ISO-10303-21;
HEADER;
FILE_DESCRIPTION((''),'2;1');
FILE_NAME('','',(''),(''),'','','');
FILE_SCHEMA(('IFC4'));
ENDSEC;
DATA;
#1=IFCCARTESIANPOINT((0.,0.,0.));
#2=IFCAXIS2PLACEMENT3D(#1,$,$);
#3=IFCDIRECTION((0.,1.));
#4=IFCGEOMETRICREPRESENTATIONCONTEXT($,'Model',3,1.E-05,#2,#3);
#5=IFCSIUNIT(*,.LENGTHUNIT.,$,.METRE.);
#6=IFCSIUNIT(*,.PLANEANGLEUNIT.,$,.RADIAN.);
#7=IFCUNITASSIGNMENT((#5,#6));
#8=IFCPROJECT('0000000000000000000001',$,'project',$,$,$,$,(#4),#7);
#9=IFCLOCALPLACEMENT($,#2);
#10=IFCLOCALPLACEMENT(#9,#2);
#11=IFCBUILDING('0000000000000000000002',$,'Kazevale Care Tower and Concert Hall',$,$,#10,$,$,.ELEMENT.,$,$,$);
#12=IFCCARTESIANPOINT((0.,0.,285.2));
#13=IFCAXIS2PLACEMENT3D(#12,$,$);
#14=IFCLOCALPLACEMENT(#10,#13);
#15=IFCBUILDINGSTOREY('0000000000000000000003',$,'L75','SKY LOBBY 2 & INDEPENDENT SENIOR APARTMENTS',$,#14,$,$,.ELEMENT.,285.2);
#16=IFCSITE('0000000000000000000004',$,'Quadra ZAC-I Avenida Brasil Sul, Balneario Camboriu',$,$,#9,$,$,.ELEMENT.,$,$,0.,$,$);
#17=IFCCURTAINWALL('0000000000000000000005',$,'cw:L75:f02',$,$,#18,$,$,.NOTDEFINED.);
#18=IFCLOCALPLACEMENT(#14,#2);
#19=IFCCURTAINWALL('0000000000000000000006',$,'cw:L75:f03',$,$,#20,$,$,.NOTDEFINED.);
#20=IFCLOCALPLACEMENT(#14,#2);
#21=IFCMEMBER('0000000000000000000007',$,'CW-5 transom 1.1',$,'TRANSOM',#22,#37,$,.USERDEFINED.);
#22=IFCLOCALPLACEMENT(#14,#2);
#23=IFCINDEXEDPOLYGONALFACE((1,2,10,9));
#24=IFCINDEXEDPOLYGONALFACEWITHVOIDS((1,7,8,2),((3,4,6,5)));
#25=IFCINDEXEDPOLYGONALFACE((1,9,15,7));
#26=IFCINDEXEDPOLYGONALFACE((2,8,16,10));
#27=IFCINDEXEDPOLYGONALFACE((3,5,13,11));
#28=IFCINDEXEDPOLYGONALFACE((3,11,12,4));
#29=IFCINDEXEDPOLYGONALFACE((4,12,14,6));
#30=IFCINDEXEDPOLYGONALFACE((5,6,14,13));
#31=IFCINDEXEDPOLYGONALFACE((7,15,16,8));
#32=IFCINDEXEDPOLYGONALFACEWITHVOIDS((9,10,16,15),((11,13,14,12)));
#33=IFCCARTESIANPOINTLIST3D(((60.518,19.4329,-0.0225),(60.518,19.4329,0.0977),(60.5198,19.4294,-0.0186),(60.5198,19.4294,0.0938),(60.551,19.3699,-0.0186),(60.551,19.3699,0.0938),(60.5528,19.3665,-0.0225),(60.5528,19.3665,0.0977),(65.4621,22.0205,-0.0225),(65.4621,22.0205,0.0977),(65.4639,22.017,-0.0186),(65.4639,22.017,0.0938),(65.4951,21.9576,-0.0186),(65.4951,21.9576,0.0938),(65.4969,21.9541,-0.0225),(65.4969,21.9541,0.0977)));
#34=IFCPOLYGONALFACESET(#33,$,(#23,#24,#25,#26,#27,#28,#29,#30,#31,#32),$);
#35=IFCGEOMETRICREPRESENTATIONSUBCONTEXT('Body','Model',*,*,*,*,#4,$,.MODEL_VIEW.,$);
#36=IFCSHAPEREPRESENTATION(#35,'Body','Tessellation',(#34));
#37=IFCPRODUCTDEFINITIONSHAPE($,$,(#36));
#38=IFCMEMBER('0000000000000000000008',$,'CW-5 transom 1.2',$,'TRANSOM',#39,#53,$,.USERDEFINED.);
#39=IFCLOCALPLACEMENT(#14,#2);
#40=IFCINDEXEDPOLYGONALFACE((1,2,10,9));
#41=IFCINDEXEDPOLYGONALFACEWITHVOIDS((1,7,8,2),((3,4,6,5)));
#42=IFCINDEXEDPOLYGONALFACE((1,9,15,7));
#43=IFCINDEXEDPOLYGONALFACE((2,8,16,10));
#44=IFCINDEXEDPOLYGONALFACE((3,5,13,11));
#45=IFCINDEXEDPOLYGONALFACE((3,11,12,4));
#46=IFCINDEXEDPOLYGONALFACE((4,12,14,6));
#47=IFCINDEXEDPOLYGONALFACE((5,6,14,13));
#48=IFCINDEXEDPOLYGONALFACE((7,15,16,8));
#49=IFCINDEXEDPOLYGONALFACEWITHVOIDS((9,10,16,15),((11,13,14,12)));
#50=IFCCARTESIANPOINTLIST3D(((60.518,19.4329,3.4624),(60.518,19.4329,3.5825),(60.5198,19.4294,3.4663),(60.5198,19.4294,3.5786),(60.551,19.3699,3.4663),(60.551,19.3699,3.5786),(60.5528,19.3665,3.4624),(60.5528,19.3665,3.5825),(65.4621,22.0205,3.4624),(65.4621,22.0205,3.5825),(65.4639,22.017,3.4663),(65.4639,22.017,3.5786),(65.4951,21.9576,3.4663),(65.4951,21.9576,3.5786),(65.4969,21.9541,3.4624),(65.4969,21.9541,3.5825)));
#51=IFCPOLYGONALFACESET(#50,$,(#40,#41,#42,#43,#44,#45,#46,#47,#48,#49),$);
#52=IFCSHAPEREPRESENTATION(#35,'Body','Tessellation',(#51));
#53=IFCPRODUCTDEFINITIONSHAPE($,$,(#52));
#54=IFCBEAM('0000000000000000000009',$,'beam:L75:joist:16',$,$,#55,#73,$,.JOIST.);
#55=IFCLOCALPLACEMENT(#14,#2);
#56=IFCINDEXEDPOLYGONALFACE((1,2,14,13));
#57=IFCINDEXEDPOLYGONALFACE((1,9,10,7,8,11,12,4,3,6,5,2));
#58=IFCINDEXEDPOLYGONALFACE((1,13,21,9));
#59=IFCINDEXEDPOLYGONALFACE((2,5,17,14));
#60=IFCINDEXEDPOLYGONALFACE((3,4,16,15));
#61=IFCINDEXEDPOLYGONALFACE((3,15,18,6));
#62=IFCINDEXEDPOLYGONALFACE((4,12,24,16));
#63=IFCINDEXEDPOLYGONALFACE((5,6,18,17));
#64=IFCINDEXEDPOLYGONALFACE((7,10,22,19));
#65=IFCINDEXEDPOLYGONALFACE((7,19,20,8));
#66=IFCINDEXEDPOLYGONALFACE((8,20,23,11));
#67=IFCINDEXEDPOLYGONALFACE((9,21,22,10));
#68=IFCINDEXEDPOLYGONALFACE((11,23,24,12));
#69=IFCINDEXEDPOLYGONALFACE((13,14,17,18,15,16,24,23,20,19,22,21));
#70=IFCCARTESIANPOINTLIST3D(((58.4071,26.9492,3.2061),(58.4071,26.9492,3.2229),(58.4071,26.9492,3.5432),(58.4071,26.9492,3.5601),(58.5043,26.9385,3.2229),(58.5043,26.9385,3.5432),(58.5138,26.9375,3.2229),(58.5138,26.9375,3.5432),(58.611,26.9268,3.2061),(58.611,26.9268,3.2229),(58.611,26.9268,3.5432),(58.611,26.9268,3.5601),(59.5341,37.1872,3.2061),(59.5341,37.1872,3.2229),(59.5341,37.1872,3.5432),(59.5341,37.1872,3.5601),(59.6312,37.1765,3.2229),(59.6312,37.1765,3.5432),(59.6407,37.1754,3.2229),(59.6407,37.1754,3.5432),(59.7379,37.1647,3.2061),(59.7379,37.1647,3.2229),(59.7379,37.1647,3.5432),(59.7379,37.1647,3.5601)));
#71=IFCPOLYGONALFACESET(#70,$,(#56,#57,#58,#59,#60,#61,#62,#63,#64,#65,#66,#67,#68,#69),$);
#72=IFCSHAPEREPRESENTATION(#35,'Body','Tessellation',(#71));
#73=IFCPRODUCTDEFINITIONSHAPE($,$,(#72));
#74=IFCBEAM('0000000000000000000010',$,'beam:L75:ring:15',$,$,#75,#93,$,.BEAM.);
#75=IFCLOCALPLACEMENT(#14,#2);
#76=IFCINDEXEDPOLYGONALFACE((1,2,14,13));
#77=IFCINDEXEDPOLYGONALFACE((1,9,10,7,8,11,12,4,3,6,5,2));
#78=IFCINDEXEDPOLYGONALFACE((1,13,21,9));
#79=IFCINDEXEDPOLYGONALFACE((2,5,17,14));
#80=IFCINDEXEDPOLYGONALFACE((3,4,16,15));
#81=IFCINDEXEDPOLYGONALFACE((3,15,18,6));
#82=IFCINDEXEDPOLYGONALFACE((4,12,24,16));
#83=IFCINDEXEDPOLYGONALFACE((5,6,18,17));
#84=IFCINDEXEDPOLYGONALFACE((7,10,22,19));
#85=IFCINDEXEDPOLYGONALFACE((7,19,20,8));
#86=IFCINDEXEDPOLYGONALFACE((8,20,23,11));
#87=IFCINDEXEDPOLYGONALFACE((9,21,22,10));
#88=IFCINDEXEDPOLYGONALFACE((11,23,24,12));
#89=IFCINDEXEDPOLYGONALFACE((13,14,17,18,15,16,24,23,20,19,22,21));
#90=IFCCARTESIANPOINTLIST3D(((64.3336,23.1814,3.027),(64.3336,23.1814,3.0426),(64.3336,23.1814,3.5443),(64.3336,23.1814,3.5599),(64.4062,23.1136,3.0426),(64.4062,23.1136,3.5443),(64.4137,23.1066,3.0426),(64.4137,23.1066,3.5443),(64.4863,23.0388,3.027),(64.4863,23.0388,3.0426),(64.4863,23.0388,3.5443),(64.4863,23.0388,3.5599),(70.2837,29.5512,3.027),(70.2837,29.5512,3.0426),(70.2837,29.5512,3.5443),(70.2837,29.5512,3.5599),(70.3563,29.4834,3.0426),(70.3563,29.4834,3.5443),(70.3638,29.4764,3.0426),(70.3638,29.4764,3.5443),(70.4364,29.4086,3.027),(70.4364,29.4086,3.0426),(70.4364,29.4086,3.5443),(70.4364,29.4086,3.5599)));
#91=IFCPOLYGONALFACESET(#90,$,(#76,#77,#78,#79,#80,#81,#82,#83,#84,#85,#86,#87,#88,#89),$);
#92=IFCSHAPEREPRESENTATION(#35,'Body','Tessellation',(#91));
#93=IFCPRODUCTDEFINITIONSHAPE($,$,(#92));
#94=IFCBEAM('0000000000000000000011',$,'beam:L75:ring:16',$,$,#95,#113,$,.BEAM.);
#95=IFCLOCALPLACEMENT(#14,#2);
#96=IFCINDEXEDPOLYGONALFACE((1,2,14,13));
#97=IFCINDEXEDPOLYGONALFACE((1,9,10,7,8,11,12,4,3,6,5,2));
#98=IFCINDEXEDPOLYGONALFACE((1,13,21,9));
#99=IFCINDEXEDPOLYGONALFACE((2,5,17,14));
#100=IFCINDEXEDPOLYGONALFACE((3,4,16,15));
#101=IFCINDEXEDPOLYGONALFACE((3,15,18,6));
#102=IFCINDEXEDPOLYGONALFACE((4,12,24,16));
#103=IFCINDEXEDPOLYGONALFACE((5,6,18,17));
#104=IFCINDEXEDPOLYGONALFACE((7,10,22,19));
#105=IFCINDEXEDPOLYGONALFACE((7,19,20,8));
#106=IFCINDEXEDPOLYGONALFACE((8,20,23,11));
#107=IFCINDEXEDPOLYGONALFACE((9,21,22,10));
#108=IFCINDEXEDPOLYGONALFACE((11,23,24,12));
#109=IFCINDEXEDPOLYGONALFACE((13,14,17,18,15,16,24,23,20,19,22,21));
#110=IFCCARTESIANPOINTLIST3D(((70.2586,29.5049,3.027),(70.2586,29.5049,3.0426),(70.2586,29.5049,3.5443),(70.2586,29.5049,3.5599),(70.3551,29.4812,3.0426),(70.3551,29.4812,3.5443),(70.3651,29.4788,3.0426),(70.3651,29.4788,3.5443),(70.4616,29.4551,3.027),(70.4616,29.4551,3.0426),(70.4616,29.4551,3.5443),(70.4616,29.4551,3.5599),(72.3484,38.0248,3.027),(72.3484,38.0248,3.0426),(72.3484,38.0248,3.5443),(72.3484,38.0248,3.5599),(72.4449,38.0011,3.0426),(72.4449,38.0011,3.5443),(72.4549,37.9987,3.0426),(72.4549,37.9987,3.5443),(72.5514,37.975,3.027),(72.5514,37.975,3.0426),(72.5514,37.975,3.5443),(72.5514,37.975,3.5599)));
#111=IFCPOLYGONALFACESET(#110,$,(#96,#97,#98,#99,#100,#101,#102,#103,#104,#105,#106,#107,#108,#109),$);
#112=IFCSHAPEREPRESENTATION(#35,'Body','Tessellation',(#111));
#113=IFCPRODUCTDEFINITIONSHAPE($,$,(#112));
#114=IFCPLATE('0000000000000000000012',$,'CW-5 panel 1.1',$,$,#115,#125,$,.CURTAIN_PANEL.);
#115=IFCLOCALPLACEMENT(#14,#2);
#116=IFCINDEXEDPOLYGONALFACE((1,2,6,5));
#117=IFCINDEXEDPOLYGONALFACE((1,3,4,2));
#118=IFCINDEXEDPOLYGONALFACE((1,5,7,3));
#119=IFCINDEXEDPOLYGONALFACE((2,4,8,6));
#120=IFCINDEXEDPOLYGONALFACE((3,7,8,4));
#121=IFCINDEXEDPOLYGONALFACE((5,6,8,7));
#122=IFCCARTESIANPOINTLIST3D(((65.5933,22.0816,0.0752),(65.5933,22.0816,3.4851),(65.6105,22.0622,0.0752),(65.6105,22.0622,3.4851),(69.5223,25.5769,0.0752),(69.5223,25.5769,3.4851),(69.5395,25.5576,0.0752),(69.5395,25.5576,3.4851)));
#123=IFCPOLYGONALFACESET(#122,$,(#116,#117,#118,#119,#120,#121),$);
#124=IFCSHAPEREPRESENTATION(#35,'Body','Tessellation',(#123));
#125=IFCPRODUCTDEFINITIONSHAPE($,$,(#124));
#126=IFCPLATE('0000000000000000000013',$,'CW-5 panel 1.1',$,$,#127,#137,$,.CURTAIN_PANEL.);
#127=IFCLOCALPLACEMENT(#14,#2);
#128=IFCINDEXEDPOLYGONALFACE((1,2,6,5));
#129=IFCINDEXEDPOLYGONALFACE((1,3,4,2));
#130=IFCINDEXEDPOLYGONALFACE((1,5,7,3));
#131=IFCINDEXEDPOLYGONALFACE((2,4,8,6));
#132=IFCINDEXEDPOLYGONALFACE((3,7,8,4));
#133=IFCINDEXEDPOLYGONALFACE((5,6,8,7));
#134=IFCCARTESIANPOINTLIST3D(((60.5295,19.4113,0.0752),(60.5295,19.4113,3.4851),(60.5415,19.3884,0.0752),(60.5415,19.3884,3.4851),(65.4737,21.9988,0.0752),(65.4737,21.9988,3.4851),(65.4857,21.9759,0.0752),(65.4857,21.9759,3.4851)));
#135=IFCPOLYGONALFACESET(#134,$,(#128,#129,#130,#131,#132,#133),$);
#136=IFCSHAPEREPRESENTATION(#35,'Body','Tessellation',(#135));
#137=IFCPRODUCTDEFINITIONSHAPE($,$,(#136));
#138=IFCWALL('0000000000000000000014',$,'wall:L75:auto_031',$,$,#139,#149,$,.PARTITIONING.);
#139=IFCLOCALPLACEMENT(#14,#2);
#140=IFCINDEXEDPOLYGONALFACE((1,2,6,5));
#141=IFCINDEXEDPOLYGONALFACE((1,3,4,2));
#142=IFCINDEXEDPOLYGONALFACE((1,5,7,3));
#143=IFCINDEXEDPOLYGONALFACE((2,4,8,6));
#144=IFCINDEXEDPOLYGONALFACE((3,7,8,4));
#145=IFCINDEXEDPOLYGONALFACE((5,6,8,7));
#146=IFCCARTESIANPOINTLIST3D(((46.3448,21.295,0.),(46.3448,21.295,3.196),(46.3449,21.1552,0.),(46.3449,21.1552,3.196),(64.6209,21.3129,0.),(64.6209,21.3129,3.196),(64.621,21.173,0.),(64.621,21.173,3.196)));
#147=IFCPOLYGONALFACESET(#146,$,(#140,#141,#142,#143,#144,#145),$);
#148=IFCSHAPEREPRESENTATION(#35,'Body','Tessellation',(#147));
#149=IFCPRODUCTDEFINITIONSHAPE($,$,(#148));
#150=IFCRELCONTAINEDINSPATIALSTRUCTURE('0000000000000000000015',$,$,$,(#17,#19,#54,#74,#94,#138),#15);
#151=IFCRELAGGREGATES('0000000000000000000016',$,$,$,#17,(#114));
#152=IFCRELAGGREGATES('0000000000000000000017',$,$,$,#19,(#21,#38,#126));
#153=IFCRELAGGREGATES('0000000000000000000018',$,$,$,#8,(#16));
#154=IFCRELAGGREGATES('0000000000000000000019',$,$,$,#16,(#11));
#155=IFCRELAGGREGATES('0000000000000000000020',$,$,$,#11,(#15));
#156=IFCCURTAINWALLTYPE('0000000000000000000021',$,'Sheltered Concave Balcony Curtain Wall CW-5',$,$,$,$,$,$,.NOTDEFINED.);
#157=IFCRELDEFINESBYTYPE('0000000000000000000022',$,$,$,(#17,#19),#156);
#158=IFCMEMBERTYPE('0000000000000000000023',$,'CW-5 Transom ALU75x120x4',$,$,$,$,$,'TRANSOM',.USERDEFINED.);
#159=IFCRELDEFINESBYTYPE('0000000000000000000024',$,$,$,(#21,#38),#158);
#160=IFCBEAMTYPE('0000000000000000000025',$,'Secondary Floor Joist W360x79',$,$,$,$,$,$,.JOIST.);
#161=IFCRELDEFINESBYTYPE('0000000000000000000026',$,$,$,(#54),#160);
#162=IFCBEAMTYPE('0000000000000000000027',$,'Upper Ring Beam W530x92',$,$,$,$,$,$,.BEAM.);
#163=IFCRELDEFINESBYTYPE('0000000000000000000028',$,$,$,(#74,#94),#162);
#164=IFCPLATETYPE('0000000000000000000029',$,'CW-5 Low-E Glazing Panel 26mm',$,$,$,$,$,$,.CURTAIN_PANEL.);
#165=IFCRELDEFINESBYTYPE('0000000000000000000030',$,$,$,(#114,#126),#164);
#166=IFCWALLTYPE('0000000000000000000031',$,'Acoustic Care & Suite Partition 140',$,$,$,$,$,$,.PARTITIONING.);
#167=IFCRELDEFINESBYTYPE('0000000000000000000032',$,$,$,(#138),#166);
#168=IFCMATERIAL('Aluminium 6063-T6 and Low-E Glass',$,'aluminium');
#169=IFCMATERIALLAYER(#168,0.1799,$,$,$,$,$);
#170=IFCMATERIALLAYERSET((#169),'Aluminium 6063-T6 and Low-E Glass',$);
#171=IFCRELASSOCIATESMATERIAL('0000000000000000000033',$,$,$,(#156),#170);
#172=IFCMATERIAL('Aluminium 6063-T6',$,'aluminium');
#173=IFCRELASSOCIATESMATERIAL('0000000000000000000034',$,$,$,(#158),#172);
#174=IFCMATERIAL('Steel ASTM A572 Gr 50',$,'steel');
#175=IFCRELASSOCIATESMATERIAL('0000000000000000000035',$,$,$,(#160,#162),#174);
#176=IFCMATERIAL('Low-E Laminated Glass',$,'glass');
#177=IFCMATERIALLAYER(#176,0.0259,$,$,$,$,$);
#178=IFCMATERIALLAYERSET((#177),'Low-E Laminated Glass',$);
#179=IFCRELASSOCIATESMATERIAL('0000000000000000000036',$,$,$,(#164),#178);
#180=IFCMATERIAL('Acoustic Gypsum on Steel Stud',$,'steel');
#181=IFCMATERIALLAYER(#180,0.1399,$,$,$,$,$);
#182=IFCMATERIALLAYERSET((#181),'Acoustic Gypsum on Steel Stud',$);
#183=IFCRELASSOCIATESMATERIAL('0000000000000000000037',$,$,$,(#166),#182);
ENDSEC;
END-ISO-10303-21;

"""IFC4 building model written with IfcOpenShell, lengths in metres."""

from ifc_helpers import new_model, si_unit, direction, frame, frame_2d, origin, origin_2d, place, context, subcontext, project, spatial, rectangle, hollow_rectangle, i_section, extrude, material, layer, layer_set, material_profile, profile_set, type_object, element, aggregate, save


model = new_model("IFC4")

# Units and contexts
model_context = context("Model", 3, precision=1e-05, world=origin(), true_north=direction((0.0, 1.0)))
body_context = subcontext(model_context, "Body", "Model", "MODEL_VIEW")
ifc_project = project(units=[si_unit("LENGTHUNIT", "METRE"), si_unit("PLANEANGLEUNIT", "RADIAN")], contexts=[model_context])

# Site, building, storey
site_placement = place(None, origin())
site = spatial("IfcSite", under=ifc_project, at=site_placement, Name="Quadra ZAC-I Avenida Brasil Sul, Balneario Camboriu", CompositionType="ELEMENT", RefElevation=0.0)
building_placement = place(site_placement, origin())
building = spatial("IfcBuilding", under=site, at=building_placement, Name="Kazevale Care Tower and Concert Hall", CompositionType="ELEMENT")
storey_placement = place(building_placement, frame((0.0, 0.0, 285.2)))
storey = spatial("IfcBuildingStorey", under=building, at=storey_placement, Name="L75", Description="SKY LOBBY 2 & INDEPENDENT SENIOR APARTMENTS", CompositionType="ELEMENT", Elevation=285.2)

# Curtain walls
ifc_material_1 = material(Name="Aluminium 6063-T6 and Low-E Glass", Category="aluminium")
ifc_layer_1 = layer(ifc_material_1, 0.1799)
ifc_layer_set_1 = layer_set([ifc_layer_1], Name="Aluminium 6063-T6 and Low-E Glass")
curtain_wall_type = type_object("IfcCurtainWallType", Name="Sheltered Concave Balcony Curtain Wall CW-5", PredefinedType="NOTDEFINED", material=ifc_layer_set_1)
curtain_wall_1_placement = place(storey_placement, origin())
curtain_wall_1 = element("IfcCurtainWall", 1, at=curtain_wall_1_placement, inside=storey, type_object=curtain_wall_type, Name="cw:L75:f02", PredefinedType="NOTDEFINED")
ifc_material_2 = material(Name="Aluminium 6063-T6", Category="aluminium")
curtain_wall_2_placement = place(storey_placement, origin())
curtain_wall_2 = element("IfcCurtainWall", 2, at=curtain_wall_2_placement, inside=storey, type_object=curtain_wall_type, Name="cw:L75:f03", PredefinedType="NOTDEFINED")

# Members
ifc_material_profile_1 = material_profile(ifc_material_2, hollow_rectangle(XDim=0.075, YDim=0.1201, WallThickness=0.0039, at=origin_2d()), Name="ALU75x120x4")
ifc_profile_set_1 = profile_set([ifc_material_profile_1], Name="Aluminium 6063-T6")
member_type_1 = type_object("IfcMemberType", Name="CW-5 Transom ALU75x120x4", ElementType="TRANSOM", PredefinedType="USERDEFINED", material=ifc_profile_set_1)
member_1_placement = place(storey_placement, frame((65.4795, 21.9873, 0.0376), z_axis=(-0.885987, -0.463709, 0.0), x_axis=(0.463709, -0.885987, 0.0)))
member_1 = element("IfcMember", 3, at=member_1_placement, type_object=member_type_1, Name="CW-5 transom 1.1", ObjectType="TRANSOM", PredefinedType="USERDEFINED", context=body_context, shape_type="SweptSolid", body=[
    extrude(hollow_rectangle(XDim=0.075, YDim=0.1201, WallThickness=0.0039, at=origin_2d()), origin(), (0.0, 0.0, 1.0), 5.5803),
])
member_2_placement = place(storey_placement, frame((65.4795, 21.9873, 3.5225), z_axis=(-0.885987, -0.463709, 0.0), x_axis=(0.463709, -0.885987, 0.0)))
member_2 = element("IfcMember", 4, at=member_2_placement, type_object=member_type_1, Name="CW-5 transom 1.2", ObjectType="TRANSOM", PredefinedType="USERDEFINED", context=body_context, shape_type="SweptSolid", body=[
    extrude(hollow_rectangle(XDim=0.075, YDim=0.1201, WallThickness=0.0039, at=origin_2d()), origin(), (0.0, 0.0, 1.0), 5.5803),
])

# Beams
ifc_material_3 = material(Name="Steel ASTM A572 Gr 50", Category="steel")
ifc_material_profile_2 = material_profile(ifc_material_3, i_section(OverallWidth=0.2051, OverallDepth=0.354, WebThickness=0.0095, FlangeThickness=0.0168, at=origin_2d()), Name="W360x79")
ifc_profile_set_2 = profile_set([ifc_material_profile_2], Name="Steel ASTM A572 Gr 50")
beam_type_1 = type_object("IfcBeamType", Name="Secondary Floor Joist W360x79", PredefinedType="JOIST", material=ifc_profile_set_2)
beam_1_placement = place(storey_placement, frame((58.509, 26.938, 3.3831), z_axis=(0.109414, 0.993996, 0.0), x_axis=(-0.993996, 0.109414, 0.0)))
element("IfcBeam", 5, at=beam_1_placement, inside=storey, type_object=beam_type_1, Name="beam:L75:joist:16", PredefinedType="JOIST", context=body_context, shape_type="SweptSolid", body=[
    extrude(i_section(OverallWidth=0.2051, OverallDepth=0.354, WebThickness=0.0095, FlangeThickness=0.0168, at=origin_2d()), origin(), (0.0, 0.0, 1.0), 10.2998),
])
ifc_material_profile_3 = material_profile(ifc_material_3, i_section(OverallWidth=0.209, OverallDepth=0.533, WebThickness=0.0103, FlangeThickness=0.0156, at=origin_2d()), Name="W530x92")
ifc_profile_set_3 = profile_set([ifc_material_profile_3], Name="Steel ASTM A572 Gr 50")
beam_type_2 = type_object("IfcBeamType", Name="Upper Ring Beam W530x92", PredefinedType="BEAM", material=ifc_profile_set_3)
beam_2_placement = place(storey_placement, frame((64.4099, 23.1101, 3.2935), z_axis=(0.682624, 0.73077, 0.0), x_axis=(-0.73077, 0.682624, 0.0)))
element("IfcBeam", 6, at=beam_2_placement, inside=storey, type_object=beam_type_2, Name="beam:L75:ring:15", PredefinedType="BEAM", context=body_context, shape_type="SweptSolid", body=[
    extrude(i_section(OverallWidth=0.209, OverallDepth=0.533, WebThickness=0.0103, FlangeThickness=0.0156, at=origin_2d()), origin(), (0.0, 0.0, 1.0), 8.7166),
])
beam_3_placement = place(storey_placement, frame((70.3601, 29.48, 3.2935), z_axis=(0.238224, 0.97121, 0.0), x_axis=(-0.97121, 0.238224, 0.0)))
element("IfcBeam", 7, at=beam_3_placement, inside=storey, type_object=beam_type_2, Name="beam:L75:ring:16", PredefinedType="BEAM", context=body_context, shape_type="SweptSolid", body=[
    extrude(i_section(OverallWidth=0.209, OverallDepth=0.533, WebThickness=0.0103, FlangeThickness=0.0156, at=origin_2d()), origin(), (0.0, 0.0, 1.0), 8.7725),
])

# Plates
ifc_material_4 = material(Name="Low-E Laminated Glass", Category="glass")
ifc_layer_2 = layer(ifc_material_4, 0.0259)
ifc_layer_set_2 = layer_set([ifc_layer_2], Name="Low-E Laminated Glass")
plate_type = type_object("IfcPlateType", Name="CW-5 Low-E Glazing Panel 26mm", PredefinedType="CURTAIN_PANEL", material=ifc_layer_set_2)
plate_1_placement = place(storey_placement, frame((67.5664, 23.8196, 0.0752), z_axis=(0.0, 0.0, 1.0), x_axis=(-0.747134, -0.664674, 0.0)))
plate_1 = element("IfcPlate", 8, at=plate_1_placement, type_object=plate_type, Name="CW-5 panel 1.1", PredefinedType="CURTAIN_PANEL", context=body_context, shape_type="SweptSolid", body=[
    extrude(rectangle(XDim=5.2588, YDim=0.0259, at=origin_2d()), origin(), (0.0, 0.0, 1.0), 3.4099),
])
aggregate(curtain_wall_1, [plate_1])
plate_2_placement = place(storey_placement, frame((63.0076, 20.6936, 0.0752), z_axis=(0.0, 0.0, 1.0), x_axis=(-0.886002, -0.463681, 0.0)))
plate_2 = element("IfcPlate", 9, at=plate_2_placement, type_object=plate_type, Name="CW-5 panel 1.1", PredefinedType="CURTAIN_PANEL", context=body_context, shape_type="SweptSolid", body=[
    extrude(rectangle(XDim=5.5803, YDim=0.0259, at=origin_2d()), origin(), (0.0, 0.0, 1.0), 3.4099),
])
aggregate(curtain_wall_2, [member_1, member_2, plate_2])

# Wall
ifc_material_5 = material(Name="Acoustic Gypsum on Steel Stud", Category="steel")
ifc_layer_3 = layer(ifc_material_5, 0.1399)
ifc_layer_set_3 = layer_set([ifc_layer_3], Name="Acoustic Gypsum on Steel Stud")
wall_type_1 = type_object("IfcWallType", Name="Acoustic Care & Suite Partition 140", PredefinedType="PARTITIONING", material=ifc_layer_set_3)
wall_1_placement = place(storey_placement, frame((64.6211, 21.2429, 0.0), z_axis=(0.0, 0.0, 1.0), x_axis=(-1.0, -0.000975, 0.0)))
element("IfcWall", 10, at=wall_1_placement, inside=storey, type_object=wall_type_1, Name="wall:L75:auto_031", PredefinedType="PARTITIONING", context=body_context, shape_type="SweptSolid", body=[
    extrude(rectangle(XDim=18.2761, YDim=0.1399, at=frame_2d((9.1382, 0.0))), origin(), (0.0, 0.0, 1.0), 3.196),
])

save(model, "model.ifc")
